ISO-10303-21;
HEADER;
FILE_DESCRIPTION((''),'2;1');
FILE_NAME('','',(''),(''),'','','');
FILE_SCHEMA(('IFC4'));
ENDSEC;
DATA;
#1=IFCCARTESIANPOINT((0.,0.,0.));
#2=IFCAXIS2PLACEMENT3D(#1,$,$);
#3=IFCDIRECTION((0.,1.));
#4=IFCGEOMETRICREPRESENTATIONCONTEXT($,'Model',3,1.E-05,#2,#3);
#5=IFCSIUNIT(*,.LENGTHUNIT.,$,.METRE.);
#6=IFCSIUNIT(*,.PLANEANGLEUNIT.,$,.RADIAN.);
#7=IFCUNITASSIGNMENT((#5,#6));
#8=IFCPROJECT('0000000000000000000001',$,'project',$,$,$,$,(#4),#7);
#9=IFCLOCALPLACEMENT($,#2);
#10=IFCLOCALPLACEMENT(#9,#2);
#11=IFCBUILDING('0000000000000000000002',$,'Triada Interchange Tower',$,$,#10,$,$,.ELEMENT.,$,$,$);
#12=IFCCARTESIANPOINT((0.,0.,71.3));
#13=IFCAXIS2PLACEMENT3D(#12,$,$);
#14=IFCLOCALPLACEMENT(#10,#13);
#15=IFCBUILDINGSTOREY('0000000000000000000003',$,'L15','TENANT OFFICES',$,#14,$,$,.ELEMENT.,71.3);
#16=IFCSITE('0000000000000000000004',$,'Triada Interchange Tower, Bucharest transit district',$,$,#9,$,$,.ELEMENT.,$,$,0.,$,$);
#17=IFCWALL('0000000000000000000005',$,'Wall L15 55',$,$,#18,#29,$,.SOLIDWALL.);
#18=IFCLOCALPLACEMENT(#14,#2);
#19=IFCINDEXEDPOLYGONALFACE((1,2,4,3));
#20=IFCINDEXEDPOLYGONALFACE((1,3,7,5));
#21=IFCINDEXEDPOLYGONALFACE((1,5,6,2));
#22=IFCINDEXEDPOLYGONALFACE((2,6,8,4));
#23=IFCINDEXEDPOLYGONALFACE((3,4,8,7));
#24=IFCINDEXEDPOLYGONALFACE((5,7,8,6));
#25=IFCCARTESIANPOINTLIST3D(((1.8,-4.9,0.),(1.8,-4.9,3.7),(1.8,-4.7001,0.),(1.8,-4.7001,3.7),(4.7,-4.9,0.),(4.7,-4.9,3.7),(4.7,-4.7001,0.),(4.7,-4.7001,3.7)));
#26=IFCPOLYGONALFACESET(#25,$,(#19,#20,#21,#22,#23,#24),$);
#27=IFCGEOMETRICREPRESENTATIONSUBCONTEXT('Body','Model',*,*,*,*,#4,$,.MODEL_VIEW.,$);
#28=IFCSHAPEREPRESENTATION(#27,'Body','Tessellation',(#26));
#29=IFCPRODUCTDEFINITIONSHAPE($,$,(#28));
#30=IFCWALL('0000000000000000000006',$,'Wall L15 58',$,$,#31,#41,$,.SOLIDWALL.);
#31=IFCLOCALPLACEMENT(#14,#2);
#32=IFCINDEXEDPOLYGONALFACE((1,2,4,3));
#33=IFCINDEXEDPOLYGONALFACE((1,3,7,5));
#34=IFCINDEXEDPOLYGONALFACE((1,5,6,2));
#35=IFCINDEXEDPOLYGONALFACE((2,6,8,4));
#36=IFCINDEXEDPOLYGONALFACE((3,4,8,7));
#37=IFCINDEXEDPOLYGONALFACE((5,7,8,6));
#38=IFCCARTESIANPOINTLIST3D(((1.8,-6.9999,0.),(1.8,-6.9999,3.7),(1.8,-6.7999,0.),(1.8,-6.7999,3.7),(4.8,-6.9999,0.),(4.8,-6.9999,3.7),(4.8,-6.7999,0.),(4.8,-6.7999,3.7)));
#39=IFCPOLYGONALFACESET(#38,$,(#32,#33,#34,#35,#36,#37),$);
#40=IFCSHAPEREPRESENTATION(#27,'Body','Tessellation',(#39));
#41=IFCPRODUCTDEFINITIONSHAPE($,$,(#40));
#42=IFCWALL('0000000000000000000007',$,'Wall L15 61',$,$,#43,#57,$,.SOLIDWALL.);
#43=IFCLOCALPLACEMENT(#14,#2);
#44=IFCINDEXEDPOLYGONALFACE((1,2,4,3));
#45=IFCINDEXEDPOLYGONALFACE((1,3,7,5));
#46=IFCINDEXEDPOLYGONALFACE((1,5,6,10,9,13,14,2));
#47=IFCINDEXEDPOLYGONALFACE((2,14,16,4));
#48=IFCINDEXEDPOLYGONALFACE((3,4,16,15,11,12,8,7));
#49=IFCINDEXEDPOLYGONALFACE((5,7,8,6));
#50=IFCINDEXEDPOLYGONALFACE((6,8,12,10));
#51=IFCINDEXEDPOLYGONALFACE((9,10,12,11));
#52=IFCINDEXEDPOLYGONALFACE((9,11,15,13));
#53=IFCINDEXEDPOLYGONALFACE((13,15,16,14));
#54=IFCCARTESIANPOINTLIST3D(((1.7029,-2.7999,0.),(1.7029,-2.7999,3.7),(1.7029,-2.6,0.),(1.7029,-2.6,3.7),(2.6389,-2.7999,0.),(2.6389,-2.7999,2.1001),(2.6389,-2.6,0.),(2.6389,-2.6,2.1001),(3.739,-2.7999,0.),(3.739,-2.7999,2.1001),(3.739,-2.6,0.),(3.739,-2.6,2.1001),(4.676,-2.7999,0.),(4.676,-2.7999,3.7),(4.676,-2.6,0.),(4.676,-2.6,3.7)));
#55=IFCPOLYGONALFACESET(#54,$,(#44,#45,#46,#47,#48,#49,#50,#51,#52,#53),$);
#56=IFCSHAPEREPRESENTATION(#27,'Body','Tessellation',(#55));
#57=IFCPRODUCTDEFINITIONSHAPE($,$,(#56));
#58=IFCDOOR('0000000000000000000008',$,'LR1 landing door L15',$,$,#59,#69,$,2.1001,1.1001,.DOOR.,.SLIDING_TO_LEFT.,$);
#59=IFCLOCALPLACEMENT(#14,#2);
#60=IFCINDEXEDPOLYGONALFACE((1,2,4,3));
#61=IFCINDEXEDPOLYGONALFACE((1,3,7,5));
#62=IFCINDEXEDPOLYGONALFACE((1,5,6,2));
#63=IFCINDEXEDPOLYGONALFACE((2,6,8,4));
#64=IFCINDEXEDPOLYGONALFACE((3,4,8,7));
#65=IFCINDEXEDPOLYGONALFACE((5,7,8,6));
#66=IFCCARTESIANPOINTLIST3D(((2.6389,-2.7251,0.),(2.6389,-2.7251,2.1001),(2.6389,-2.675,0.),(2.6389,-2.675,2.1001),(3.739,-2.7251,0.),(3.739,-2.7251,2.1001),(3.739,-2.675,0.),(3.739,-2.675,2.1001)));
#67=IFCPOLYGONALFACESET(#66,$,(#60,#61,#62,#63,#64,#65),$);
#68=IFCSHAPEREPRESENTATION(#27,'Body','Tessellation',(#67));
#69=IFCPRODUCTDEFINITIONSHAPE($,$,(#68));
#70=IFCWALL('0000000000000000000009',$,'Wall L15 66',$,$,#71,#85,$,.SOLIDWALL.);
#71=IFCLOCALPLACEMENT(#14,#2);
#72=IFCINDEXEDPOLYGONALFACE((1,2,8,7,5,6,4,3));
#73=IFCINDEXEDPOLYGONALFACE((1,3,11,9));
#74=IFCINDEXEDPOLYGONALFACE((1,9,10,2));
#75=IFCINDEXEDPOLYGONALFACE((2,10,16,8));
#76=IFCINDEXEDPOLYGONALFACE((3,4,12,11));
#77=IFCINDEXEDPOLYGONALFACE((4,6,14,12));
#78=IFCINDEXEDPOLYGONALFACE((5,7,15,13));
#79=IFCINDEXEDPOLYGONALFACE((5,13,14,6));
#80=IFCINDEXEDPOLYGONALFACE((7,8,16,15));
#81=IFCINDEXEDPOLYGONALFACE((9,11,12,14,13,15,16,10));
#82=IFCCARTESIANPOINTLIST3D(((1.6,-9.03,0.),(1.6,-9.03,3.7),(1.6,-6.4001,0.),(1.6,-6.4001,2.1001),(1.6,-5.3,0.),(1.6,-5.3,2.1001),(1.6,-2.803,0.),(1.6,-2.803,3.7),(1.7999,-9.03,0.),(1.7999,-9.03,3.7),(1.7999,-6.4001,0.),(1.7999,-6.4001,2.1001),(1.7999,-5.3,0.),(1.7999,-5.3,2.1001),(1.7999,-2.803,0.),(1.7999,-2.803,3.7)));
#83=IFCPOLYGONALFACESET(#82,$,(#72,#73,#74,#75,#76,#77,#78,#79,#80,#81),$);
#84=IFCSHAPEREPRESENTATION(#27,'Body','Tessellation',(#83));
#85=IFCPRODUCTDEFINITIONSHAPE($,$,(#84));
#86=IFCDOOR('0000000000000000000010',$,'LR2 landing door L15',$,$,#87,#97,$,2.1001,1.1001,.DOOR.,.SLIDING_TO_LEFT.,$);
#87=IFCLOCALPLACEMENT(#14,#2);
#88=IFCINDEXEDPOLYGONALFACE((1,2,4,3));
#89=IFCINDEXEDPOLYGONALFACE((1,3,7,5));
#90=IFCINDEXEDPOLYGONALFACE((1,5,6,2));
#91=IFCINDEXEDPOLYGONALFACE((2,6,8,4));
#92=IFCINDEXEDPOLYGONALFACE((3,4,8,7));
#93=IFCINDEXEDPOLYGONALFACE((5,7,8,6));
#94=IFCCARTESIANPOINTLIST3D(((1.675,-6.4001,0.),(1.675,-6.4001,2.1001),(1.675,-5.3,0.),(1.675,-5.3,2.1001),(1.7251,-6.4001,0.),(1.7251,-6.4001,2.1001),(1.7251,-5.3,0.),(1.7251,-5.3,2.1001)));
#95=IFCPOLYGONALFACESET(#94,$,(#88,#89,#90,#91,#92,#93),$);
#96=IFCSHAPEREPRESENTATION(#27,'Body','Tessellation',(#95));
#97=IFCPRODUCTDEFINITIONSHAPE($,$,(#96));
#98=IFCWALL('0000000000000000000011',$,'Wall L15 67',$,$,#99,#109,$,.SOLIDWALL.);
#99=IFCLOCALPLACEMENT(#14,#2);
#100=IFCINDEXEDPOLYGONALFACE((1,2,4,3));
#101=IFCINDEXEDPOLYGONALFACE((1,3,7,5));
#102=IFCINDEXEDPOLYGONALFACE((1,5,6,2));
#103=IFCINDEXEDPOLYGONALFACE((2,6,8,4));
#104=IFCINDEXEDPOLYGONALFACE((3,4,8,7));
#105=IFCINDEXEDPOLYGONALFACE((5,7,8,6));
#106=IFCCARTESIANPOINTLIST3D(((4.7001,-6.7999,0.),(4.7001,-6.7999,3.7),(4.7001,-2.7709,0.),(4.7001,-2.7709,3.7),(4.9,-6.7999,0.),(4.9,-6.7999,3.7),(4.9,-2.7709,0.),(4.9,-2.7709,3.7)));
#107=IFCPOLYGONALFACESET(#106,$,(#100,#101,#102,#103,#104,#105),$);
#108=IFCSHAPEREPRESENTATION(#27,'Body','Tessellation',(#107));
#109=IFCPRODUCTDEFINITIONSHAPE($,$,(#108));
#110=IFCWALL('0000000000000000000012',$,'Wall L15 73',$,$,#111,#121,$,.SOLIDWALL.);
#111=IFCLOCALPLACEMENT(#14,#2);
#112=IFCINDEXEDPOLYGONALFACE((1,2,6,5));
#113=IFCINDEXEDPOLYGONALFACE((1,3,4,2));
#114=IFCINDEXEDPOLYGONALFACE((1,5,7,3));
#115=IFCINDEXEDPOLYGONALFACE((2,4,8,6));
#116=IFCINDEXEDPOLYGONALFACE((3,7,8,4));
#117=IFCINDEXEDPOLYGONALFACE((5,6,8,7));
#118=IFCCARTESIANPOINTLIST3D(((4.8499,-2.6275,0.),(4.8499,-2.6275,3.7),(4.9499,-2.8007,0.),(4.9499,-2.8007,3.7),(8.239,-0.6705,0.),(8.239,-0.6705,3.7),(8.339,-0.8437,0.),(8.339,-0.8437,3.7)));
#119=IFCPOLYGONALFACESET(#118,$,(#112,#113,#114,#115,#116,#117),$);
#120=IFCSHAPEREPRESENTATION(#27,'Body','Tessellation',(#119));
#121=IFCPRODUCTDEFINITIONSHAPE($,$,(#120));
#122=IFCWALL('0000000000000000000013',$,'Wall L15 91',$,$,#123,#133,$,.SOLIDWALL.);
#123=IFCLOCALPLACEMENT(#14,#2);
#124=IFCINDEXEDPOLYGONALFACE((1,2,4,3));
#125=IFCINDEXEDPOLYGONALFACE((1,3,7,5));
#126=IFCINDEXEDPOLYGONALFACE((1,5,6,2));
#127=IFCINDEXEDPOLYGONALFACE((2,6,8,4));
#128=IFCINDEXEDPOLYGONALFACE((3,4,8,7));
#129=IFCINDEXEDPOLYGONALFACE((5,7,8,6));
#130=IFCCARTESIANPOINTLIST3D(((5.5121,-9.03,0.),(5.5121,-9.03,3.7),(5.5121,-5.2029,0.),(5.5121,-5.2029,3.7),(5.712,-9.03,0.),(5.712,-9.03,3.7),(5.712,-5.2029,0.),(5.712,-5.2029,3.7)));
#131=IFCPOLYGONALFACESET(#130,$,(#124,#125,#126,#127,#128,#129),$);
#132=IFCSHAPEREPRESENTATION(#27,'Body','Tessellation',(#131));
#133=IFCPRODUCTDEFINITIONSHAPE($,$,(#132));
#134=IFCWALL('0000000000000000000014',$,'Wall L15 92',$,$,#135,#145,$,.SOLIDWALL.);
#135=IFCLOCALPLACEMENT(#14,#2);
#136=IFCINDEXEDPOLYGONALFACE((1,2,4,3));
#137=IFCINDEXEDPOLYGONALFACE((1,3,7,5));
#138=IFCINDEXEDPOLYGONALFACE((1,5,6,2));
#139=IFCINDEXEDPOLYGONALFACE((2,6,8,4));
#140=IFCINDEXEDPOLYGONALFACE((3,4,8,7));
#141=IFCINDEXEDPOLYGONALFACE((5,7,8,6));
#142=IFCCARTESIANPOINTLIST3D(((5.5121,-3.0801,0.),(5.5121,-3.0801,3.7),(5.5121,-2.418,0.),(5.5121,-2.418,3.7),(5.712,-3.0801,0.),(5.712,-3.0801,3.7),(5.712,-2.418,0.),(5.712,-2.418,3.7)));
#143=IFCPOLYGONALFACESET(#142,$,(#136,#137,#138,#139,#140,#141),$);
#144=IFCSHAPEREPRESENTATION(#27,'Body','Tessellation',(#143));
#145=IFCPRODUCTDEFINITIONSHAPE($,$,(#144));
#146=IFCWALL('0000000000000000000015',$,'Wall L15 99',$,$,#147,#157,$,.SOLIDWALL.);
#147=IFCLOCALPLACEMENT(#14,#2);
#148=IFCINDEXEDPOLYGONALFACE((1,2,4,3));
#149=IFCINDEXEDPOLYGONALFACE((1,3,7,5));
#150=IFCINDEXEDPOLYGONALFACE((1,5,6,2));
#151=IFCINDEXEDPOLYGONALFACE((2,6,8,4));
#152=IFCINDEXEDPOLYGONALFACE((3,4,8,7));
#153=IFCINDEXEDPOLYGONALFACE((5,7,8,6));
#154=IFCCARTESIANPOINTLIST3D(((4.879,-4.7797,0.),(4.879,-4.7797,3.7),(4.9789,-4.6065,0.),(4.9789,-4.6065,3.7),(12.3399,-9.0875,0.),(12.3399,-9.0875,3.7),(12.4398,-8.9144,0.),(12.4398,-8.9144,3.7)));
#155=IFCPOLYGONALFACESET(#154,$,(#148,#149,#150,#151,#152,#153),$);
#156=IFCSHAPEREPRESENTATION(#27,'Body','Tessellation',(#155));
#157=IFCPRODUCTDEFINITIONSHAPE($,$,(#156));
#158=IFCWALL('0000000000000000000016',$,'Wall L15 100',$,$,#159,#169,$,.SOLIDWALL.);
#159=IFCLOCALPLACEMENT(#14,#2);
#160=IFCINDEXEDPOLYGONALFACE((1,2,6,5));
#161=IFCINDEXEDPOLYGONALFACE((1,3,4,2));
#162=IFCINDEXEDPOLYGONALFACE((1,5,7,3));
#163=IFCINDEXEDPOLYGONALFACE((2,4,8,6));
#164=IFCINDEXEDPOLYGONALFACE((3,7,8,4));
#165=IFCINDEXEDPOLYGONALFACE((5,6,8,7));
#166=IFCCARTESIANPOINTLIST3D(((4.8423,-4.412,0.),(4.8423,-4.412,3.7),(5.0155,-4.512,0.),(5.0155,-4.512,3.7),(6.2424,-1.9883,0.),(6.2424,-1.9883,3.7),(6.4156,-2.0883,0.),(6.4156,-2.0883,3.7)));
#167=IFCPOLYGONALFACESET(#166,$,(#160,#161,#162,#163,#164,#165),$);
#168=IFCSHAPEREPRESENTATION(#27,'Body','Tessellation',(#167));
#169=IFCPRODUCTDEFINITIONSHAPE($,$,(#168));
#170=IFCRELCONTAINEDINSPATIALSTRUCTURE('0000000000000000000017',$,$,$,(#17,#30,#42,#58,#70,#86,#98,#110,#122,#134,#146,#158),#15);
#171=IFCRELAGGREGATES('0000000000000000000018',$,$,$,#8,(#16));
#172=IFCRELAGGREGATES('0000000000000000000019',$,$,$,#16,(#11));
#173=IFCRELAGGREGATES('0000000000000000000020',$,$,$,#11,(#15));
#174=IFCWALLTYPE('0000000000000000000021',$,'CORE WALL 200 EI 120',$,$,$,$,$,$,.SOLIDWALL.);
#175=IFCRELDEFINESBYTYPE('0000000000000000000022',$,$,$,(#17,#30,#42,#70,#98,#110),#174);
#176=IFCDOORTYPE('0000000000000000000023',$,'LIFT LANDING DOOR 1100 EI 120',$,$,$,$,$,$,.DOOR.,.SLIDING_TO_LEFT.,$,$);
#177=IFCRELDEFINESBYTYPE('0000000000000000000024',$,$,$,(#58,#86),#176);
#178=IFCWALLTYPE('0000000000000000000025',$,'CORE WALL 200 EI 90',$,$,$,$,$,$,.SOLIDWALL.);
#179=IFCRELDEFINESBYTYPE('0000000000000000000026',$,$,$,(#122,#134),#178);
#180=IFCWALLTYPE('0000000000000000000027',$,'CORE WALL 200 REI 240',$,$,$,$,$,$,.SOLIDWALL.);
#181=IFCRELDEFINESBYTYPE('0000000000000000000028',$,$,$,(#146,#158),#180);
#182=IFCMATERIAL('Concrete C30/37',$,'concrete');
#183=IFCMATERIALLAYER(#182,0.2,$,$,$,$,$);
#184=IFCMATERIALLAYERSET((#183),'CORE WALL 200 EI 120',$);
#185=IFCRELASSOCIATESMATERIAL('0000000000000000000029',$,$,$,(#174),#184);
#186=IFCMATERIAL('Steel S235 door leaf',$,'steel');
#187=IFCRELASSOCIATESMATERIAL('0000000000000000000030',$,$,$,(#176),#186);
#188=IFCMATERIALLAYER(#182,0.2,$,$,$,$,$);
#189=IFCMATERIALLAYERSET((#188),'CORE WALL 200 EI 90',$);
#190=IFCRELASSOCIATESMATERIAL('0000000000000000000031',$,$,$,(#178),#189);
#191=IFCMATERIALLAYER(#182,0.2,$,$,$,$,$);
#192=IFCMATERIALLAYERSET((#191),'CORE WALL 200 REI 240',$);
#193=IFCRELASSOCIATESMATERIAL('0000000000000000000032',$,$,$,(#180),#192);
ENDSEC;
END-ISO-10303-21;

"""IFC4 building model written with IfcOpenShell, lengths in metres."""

from ifc_helpers import new_model, si_unit, direction, frame, frame_2d, origin, place, context, subcontext, project, spatial, rectangle, extrude, material, layer, layer_set, type_object, element, fill, save


model = new_model("IFC4")

# Units and contexts
model_context = context("Model", 3, precision=1e-05, world=origin(), true_north=direction((0.0, 1.0)))
body_context = subcontext(model_context, "Body", "Model", "MODEL_VIEW")
ifc_project = project(units=[si_unit("LENGTHUNIT", "METRE"), si_unit("PLANEANGLEUNIT", "RADIAN")], contexts=[model_context])

# Site, building, storey
site_placement = place(None, origin())
site = spatial("IfcSite", under=ifc_project, at=site_placement, Name="Triada Interchange Tower, Bucharest transit district", CompositionType="ELEMENT", RefElevation=0.0)
building_placement = place(site_placement, origin())
building = spatial("IfcBuilding", under=site, at=building_placement, Name="Triada Interchange Tower", CompositionType="ELEMENT")
storey_placement = place(building_placement, frame((0.0, 0.0, 71.3)))
storey = spatial("IfcBuildingStorey", under=building, at=storey_placement, Name="L15", Description="TENANT OFFICES", CompositionType="ELEMENT", Elevation=71.3)

# Walls
ifc_material_1 = material(Name="Concrete C30/37", Category="concrete")
ifc_layer_1 = layer(ifc_material_1, 0.2)
ifc_layer_set_1 = layer_set([ifc_layer_1], Name="CORE WALL 200 EI 120")
wall_type_1 = type_object("IfcWallType", Name="CORE WALL 200 EI 120", PredefinedType="SOLIDWALL", material=ifc_layer_set_1)
wall_1_placement = place(storey_placement, frame((1.8, -4.8, 0.0), z_axis=(0.0, 0.0, 1.0), x_axis=(1.0, 0.0, 0.0)))
element("IfcWall", 1, at=wall_1_placement, inside=storey, type_object=wall_type_1, Name="Wall L15 55", PredefinedType="SOLIDWALL", context=body_context, shape_type="SweptSolid", body=[
    extrude(rectangle(XDim=2.8999, YDim=0.2, at=frame_2d((1.45, 0.0))), origin(), (0.0, 0.0, 1.0), 3.7),
])
wall_2_placement = place(storey_placement, frame((1.8, -6.8999, 0.0), z_axis=(0.0, 0.0, 1.0), x_axis=(1.0, 0.0, 0.0)))
element("IfcWall", 2, at=wall_2_placement, inside=storey, type_object=wall_type_1, Name="Wall L15 58", PredefinedType="SOLIDWALL", context=body_context, shape_type="SweptSolid", body=[
    extrude(rectangle(XDim=3.0, YDim=0.2, at=frame_2d((1.5, 0.0))), origin(), (0.0, 0.0, 1.0), 3.7),
])

# Walls, openings, doors
wall_3_placement = place(storey_placement, frame((1.7029, -2.7, 0.0), z_axis=(0.0, 0.0, 1.0), x_axis=(1.0, 0.0, 0.0)))
wall_3 = element("IfcWall", 3, at=wall_3_placement, inside=storey, type_object=wall_type_1, Name="Wall L15 61", PredefinedType="SOLIDWALL", context=body_context, shape_type="SweptSolid", body=[
    extrude(rectangle(XDim=2.9731, YDim=0.2, at=frame_2d((1.4866, 0.0))), origin(), (0.0, 0.0, 1.0), 3.7),
])
opening_1_placement = place(wall_3_placement, frame((0.936, 0.0, 0.0)))
opening_1 = element("IfcOpeningElement", 4, at=opening_1_placement, cuts=wall_3, PredefinedType="OPENING", context=body_context, shape_type="SweptSolid", body=[
    extrude(rectangle(XDim=1.1001, YDim=2.1001, at=frame_2d((0.55, 1.05))), frame((0.0, 0.1099, 0.0), z_axis=(0.0, -1.0, 0.0), x_axis=(1.0, 0.0, 0.0)), (0.0, 0.0, 1.0), 0.22),
])
ifc_material_2 = material(Name="Steel S235 door leaf", Category="steel")
door_type_1 = type_object("IfcDoorType", Name="LIFT LANDING DOOR 1100 EI 120", OperationType="SLIDING_TO_LEFT", PredefinedType="DOOR", material=ifc_material_2)
door_1_placement = place(opening_1_placement, origin())
door_1 = element("IfcDoor", 5, at=door_1_placement, inside=storey, type_object=door_type_1, Name="LR1 landing door L15", OperationType="SLIDING_TO_LEFT", OverallHeight=2.1001, OverallWidth=1.1001, PredefinedType="DOOR", context=body_context, shape_type="SweptSolid", body=[
    extrude(rectangle(XDim=1.1001, YDim=2.1001, at=frame_2d((0.55, 1.05))), frame((0.0, 0.0249, 0.0), z_axis=(0.0, -1.0, 0.0), x_axis=(1.0, 0.0, 0.0)), (0.0, 0.0, 1.0), 0.05),
])
fill(opening_1, door_1)
wall_4_placement = place(storey_placement, frame((1.7, -9.03, 0.0), z_axis=(0.0, 0.0, 1.0), x_axis=(0.0, 1.0, 0.0)))
wall_4 = element("IfcWall", 6, at=wall_4_placement, inside=storey, type_object=wall_type_1, Name="Wall L15 66", PredefinedType="SOLIDWALL", context=body_context, shape_type="SweptSolid", body=[
    extrude(rectangle(XDim=6.2271, YDim=0.2, at=frame_2d((3.1135, 0.0))), origin(), (0.0, 0.0, 1.0), 3.7),
])
opening_2_placement = place(wall_4_placement, frame((2.6299, 0.0, 0.0)))
opening_2 = element("IfcOpeningElement", 7, at=opening_2_placement, cuts=wall_4, PredefinedType="OPENING", context=body_context, shape_type="SweptSolid", body=[
    extrude(rectangle(XDim=1.1001, YDim=2.1001, at=frame_2d((0.55, 1.05))), frame((0.0, 0.1099, 0.0), z_axis=(0.0, -1.0, 0.0), x_axis=(1.0, 0.0, 0.0)), (0.0, 0.0, 1.0), 0.22),
])
door_2_placement = place(opening_2_placement, origin())
door_2 = element("IfcDoor", 8, at=door_2_placement, inside=storey, type_object=door_type_1, Name="LR2 landing door L15", OperationType="SLIDING_TO_LEFT", OverallHeight=2.1001, OverallWidth=1.1001, PredefinedType="DOOR", context=body_context, shape_type="SweptSolid", body=[
    extrude(rectangle(XDim=1.1001, YDim=2.1001, at=frame_2d((0.55, 1.05))), frame((0.0, 0.0249, 0.0), z_axis=(0.0, -1.0, 0.0), x_axis=(1.0, 0.0, 0.0)), (0.0, 0.0, 1.0), 0.05),
])
fill(opening_2, door_2)

# Walls
wall_5_placement = place(storey_placement, frame((4.8, -6.8, 0.0), z_axis=(0.0, 0.0, 1.0), x_axis=(0.0, 1.0, 0.0)))
element("IfcWall", 9, at=wall_5_placement, inside=storey, type_object=wall_type_1, Name="Wall L15 67", PredefinedType="SOLIDWALL", context=body_context, shape_type="SweptSolid", body=[
    extrude(rectangle(XDim=4.0291, YDim=0.2, at=frame_2d((2.0146, 0.0))), origin(), (0.0, 0.0, 1.0), 3.7),
])
wall_6_placement = place(storey_placement, frame((4.8999, -2.7141, 0.0), z_axis=(0.0, 0.0, 1.0), x_axis=(0.865992, 0.500057, 0.0)))
element("IfcWall", 10, at=wall_6_placement, inside=storey, type_object=wall_type_1, Name="Wall L15 73", PredefinedType="SOLIDWALL", context=body_context, shape_type="SweptSolid", body=[
    extrude(rectangle(XDim=3.9136, YDim=0.2, at=frame_2d((1.9568, 0.0))), origin(), (0.0, 0.0, 1.0), 3.7),
])
ifc_layer_2 = layer(ifc_material_1, 0.2)
ifc_layer_set_2 = layer_set([ifc_layer_2], Name="CORE WALL 200 EI 90")
wall_type_2 = type_object("IfcWallType", Name="CORE WALL 200 EI 90", PredefinedType="SOLIDWALL", material=ifc_layer_set_2)
wall_7_placement = place(storey_placement, frame((5.6121, -9.03, 0.0), z_axis=(0.0, 0.0, 1.0), x_axis=(0.0, 1.0, 0.0)))
element("IfcWall", 11, at=wall_7_placement, inside=storey, type_object=wall_type_2, Name="Wall L15 91", PredefinedType="SOLIDWALL", context=body_context, shape_type="SweptSolid", body=[
    extrude(rectangle(XDim=3.8271, YDim=0.2, at=frame_2d((1.9136, 0.0))), origin(), (0.0, 0.0, 1.0), 3.7),
])
wall_8_placement = place(storey_placement, frame((5.6121, -3.0801, 0.0), z_axis=(0.0, 0.0, 1.0), x_axis=(0.0, 1.0, 0.0)))
element("IfcWall", 12, at=wall_8_placement, inside=storey, type_object=wall_type_2, Name="Wall L15 92", PredefinedType="SOLIDWALL", context=body_context, shape_type="SweptSolid", body=[
    extrude(rectangle(XDim=0.6621, YDim=0.2, at=frame_2d((0.3311, 0.0))), origin(), (0.0, 0.0, 1.0), 3.7),
])
ifc_layer_3 = layer(ifc_material_1, 0.2)
ifc_layer_set_3 = layer_set([ifc_layer_3], Name="CORE WALL 200 REI 240")
wall_type_3 = type_object("IfcWallType", Name="CORE WALL 200 REI 240", PredefinedType="SOLIDWALL", material=ifc_layer_set_3)
wall_9_placement = place(storey_placement, frame((4.929, -4.6931, 0.0), z_axis=(0.0, 0.0, 1.0), x_axis=(0.866011, -0.500025, 0.0)))
element("IfcWall", 13, at=wall_9_placement, inside=storey, type_object=wall_type_3, Name="Wall L15 99", PredefinedType="SOLIDWALL", context=body_context, shape_type="SweptSolid", body=[
    extrude(rectangle(XDim=8.6152, YDim=0.2, at=frame_2d((4.3076, 0.0))), origin(), (0.0, 0.0, 1.0), 3.7),
])
wall_10_placement = place(storey_placement, frame((4.929, -4.4619, 0.0), z_axis=(0.0, 0.0, 1.0), x_axis=(0.500201, 0.86591, 0.0)))
element("IfcWall", 14, at=wall_10_placement, inside=storey, type_object=wall_type_3, Name="Wall L15 100", PredefinedType="SOLIDWALL", context=body_context, shape_type="SweptSolid", body=[
    extrude(rectangle(XDim=2.7991, YDim=0.2, at=frame_2d((1.3994, 0.0))), origin(), (0.0, 0.0, 1.0), 3.7),
])

save(model, "model.ifc")
